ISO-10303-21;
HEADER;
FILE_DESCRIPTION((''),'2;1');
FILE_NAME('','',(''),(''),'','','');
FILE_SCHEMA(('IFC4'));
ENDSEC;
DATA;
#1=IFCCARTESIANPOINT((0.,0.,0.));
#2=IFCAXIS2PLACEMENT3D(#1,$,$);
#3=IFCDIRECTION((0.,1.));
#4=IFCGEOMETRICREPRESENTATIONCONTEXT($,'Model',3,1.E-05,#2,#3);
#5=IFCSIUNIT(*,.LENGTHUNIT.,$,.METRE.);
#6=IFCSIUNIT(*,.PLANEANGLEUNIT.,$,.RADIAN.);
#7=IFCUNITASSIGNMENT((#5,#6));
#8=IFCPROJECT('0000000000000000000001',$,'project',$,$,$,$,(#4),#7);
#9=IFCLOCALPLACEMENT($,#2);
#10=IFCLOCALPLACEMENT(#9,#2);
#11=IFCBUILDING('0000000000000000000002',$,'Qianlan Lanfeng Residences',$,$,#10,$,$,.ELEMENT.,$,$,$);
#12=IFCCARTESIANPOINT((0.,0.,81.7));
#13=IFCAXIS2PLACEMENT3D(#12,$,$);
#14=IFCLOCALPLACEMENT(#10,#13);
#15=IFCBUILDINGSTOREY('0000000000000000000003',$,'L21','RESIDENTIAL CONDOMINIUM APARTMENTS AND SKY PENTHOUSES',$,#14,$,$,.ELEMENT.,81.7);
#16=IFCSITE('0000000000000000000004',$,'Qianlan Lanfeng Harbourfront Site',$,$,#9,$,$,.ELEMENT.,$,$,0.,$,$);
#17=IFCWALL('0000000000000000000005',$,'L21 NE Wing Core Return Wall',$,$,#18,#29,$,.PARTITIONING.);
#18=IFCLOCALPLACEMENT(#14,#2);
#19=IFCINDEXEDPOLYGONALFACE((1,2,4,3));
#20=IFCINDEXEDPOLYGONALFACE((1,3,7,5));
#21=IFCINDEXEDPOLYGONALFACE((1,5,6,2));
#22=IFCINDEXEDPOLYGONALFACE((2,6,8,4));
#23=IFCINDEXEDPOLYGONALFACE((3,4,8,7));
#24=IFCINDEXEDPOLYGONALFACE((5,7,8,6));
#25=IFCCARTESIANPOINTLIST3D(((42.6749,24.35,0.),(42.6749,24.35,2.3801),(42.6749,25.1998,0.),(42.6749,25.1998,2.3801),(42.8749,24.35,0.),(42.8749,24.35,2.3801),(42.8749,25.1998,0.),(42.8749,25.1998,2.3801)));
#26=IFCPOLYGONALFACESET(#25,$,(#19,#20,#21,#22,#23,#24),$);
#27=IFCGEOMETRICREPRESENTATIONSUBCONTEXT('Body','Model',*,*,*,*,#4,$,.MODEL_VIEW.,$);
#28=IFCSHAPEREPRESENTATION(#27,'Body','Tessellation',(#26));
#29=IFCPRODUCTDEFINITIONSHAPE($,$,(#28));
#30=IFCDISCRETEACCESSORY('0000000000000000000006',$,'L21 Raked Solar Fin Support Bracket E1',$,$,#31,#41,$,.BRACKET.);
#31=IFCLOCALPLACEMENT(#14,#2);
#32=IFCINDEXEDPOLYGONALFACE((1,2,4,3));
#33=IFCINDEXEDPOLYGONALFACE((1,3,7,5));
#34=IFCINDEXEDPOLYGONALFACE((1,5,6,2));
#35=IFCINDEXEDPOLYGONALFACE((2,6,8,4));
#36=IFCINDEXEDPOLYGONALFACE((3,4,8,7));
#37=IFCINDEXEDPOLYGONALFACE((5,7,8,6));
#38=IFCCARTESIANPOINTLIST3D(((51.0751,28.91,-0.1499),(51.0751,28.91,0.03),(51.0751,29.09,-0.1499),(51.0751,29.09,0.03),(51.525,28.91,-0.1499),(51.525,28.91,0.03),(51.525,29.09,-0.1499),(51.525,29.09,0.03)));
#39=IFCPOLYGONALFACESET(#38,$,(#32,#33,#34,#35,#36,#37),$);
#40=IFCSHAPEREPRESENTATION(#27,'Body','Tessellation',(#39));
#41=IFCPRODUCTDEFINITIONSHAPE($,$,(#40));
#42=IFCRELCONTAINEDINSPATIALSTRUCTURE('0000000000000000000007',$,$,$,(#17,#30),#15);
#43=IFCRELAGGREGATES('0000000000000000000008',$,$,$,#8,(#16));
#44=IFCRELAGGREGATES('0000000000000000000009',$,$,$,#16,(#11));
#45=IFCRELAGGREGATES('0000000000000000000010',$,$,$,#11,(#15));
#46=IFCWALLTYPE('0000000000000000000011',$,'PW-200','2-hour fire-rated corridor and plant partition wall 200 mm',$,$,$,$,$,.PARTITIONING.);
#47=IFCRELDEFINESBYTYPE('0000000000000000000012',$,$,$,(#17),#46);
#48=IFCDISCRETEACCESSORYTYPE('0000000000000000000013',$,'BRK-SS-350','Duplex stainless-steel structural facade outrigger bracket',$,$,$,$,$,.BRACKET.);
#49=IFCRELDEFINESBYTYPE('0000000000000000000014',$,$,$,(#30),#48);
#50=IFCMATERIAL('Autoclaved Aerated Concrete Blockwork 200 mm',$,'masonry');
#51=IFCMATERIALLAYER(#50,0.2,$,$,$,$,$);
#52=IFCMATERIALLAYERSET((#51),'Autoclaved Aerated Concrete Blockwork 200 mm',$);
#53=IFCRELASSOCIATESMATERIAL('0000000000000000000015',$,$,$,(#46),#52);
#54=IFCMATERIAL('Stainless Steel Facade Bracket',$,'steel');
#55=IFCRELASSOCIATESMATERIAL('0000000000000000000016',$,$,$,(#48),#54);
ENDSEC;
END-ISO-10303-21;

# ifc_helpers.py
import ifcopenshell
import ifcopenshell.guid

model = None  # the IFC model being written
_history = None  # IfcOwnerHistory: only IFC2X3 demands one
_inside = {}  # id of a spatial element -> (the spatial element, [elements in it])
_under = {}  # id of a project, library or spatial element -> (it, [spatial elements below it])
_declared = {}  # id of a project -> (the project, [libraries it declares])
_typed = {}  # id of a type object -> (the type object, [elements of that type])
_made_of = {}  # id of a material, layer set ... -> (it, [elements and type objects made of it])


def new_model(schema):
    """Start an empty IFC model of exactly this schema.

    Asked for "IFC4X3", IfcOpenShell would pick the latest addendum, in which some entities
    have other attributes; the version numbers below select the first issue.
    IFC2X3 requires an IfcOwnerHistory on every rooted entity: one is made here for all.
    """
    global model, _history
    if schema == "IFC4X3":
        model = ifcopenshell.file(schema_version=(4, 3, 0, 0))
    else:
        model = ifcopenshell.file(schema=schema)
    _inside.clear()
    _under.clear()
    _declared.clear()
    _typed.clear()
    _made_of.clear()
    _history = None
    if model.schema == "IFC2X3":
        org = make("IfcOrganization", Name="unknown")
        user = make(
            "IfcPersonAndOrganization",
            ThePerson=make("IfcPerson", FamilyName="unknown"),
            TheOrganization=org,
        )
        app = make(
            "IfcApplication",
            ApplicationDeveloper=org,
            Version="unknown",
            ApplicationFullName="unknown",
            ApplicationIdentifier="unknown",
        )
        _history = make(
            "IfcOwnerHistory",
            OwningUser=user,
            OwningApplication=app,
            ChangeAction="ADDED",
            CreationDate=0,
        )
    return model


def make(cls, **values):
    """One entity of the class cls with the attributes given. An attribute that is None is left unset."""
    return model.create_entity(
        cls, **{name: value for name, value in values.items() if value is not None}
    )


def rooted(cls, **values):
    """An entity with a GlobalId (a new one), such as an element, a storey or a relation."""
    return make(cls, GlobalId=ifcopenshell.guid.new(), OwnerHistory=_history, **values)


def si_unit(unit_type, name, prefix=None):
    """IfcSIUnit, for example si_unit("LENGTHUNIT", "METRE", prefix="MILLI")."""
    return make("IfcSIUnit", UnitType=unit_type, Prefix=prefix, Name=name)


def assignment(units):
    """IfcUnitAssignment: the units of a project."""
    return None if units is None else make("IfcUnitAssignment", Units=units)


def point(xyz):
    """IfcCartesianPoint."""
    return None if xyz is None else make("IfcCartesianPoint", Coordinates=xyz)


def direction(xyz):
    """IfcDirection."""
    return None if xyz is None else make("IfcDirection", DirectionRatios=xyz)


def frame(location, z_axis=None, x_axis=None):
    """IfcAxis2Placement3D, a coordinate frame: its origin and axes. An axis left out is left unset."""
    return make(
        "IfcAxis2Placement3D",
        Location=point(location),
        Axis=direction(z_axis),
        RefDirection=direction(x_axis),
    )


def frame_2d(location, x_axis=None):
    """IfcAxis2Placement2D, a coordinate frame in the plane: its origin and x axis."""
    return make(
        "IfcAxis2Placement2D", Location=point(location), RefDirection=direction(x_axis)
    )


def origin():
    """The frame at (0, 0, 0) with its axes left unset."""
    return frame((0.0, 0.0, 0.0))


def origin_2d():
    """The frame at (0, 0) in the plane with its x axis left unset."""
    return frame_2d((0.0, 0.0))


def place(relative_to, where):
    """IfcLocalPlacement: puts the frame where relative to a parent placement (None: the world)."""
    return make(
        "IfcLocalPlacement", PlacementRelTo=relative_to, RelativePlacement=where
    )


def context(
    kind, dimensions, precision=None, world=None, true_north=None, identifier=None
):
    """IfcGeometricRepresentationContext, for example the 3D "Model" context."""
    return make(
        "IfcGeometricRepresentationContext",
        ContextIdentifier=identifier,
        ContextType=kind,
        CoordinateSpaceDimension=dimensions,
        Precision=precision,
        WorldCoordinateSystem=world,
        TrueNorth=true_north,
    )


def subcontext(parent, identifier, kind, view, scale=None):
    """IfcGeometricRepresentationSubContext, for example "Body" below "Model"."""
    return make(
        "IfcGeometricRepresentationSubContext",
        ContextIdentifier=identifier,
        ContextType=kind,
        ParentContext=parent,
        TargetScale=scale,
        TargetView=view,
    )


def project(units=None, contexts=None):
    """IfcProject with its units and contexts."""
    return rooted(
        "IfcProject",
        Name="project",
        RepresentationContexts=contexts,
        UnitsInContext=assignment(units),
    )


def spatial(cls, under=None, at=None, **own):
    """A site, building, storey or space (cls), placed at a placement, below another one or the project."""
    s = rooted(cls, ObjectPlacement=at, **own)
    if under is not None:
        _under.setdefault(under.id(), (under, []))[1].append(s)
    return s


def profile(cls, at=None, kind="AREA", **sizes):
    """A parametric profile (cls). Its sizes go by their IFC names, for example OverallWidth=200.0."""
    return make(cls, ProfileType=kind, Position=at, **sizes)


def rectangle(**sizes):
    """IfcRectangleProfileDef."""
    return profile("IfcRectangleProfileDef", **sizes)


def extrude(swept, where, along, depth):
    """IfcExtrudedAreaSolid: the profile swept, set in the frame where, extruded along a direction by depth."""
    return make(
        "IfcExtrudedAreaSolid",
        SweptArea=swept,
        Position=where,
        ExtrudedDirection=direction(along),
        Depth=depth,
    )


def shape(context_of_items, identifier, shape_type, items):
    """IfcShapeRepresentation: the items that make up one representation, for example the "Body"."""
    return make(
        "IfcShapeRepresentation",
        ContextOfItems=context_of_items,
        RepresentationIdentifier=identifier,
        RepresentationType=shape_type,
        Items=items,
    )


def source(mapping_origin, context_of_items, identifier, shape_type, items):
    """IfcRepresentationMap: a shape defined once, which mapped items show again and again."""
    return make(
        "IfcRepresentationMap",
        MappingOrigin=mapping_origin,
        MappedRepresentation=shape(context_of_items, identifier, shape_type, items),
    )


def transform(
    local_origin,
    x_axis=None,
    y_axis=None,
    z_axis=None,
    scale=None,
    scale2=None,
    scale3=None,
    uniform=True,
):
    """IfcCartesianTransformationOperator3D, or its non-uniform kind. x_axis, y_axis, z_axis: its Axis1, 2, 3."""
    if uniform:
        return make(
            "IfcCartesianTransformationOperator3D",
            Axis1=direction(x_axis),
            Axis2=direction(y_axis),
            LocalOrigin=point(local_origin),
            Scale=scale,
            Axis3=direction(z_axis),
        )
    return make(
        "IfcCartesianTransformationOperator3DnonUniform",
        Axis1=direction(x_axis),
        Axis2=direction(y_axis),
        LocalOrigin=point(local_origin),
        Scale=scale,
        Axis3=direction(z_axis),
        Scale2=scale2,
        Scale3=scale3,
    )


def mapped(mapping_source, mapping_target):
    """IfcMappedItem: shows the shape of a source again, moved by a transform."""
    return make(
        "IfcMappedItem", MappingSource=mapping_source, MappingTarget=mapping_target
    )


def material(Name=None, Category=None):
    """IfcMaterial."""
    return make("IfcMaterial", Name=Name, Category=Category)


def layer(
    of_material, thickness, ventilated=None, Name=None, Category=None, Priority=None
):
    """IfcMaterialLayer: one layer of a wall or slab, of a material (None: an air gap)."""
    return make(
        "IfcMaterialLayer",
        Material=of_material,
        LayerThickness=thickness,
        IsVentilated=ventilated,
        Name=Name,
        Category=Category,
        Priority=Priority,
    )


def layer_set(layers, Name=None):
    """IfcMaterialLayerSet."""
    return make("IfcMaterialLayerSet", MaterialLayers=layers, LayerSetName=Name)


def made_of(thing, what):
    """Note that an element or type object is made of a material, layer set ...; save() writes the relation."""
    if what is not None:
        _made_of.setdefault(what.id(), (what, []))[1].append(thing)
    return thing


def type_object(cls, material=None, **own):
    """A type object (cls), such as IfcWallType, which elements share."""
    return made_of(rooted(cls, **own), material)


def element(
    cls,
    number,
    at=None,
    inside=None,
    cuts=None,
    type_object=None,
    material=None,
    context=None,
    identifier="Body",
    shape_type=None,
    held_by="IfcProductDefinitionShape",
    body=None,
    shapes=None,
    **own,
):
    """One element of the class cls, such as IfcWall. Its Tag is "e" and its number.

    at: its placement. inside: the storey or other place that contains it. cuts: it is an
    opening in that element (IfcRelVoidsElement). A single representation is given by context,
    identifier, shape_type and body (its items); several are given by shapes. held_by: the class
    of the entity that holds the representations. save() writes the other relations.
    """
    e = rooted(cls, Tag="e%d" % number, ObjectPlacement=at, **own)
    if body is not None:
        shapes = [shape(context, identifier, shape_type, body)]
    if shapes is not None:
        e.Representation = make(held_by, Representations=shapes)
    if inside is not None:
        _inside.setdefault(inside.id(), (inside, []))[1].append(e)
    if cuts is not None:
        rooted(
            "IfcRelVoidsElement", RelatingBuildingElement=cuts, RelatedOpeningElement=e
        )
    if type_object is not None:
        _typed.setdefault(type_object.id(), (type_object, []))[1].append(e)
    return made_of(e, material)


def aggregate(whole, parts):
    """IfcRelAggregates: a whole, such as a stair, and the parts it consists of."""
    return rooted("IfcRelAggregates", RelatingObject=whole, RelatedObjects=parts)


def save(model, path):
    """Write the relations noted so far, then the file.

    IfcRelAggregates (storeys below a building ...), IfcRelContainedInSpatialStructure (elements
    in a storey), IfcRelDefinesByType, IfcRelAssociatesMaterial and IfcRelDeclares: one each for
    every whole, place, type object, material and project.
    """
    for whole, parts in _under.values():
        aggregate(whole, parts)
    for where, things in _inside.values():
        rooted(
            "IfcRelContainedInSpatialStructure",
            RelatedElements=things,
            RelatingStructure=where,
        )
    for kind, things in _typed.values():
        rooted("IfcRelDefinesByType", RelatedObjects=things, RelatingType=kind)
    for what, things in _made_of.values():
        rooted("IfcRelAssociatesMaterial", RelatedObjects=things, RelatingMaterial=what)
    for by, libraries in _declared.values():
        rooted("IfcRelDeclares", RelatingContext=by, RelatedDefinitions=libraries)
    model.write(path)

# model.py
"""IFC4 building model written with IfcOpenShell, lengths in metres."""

from ifc_helpers import new_model, si_unit, direction, frame, frame_2d, origin, origin_2d, place, context, subcontext, project, spatial, rectangle, extrude, source, transform, mapped, material, layer, layer_set, type_object, element, save


model = new_model("IFC4")

# Units and contexts
model_context = context("Model", 3, precision=1e-05, world=origin(), true_north=direction((0.0, 1.0)))
body_context = subcontext(model_context, "Body", "Model", "MODEL_VIEW")
ifc_project = project(units=[si_unit("LENGTHUNIT", "METRE"), si_unit("PLANEANGLEUNIT", "RADIAN")], contexts=[model_context])

# Site, building, storey
site_placement = place(None, origin())
site = spatial("IfcSite", under=ifc_project, at=site_placement, Name="Qianlan Lanfeng Harbourfront Site", CompositionType="ELEMENT", RefElevation=0.0)
building_placement = place(site_placement, origin())
building = spatial("IfcBuilding", under=site, at=building_placement, Name="Qianlan Lanfeng Residences", CompositionType="ELEMENT")
storey_placement = place(building_placement, frame((0.0, 0.0, 81.7)))
storey = spatial("IfcBuildingStorey", under=building, at=storey_placement, Name="L21", Description="RESIDENTIAL CONDOMINIUM APARTMENTS AND SKY PENTHOUSES", CompositionType="ELEMENT", Elevation=81.7)

# Shared definitions
ifc_material_1 = material(Name="Autoclaved Aerated Concrete Blockwork 200 mm", Category="masonry")
ifc_layer_1 = layer(ifc_material_1, 0.2)
ifc_layer_set_1 = layer_set([ifc_layer_1], Name="Autoclaved Aerated Concrete Blockwork 200 mm")
wall_type_1 = type_object("IfcWallType", Name="PW-200", Description="2-hour fire-rated corridor and plant partition wall 200 mm", PredefinedType="PARTITIONING", material=ifc_layer_set_1)

# Wall
wall_1_placement = place(storey_placement, frame((42.7749, 24.3501, 0.0), z_axis=(0.0, 0.0, 1.0), x_axis=(0.0, 1.0, 0.0)))
element("IfcWall", 1, at=wall_1_placement, inside=storey, type_object=wall_type_1, Name="L21 NE Wing Core Return Wall", PredefinedType="PARTITIONING", context=body_context, shape_type="SweptSolid", body=[
    extrude(rectangle(XDim=0.8499, YDim=0.2, at=frame_2d((0.4248, 0.0))), origin(), (0.0, 0.0, 1.0), 2.3801),
])

# Discrete accessory
ifc_material_2 = material(Name="Stainless Steel Facade Bracket", Category="steel")
discrete_accessory_type = type_object("IfcDiscreteAccessoryType", Name="BRK-SS-350", Description="Duplex stainless-steel structural facade outrigger bracket", PredefinedType="BRACKET", material=ifc_material_2)
shared_shape_1 = source(origin(), body_context, "Body", "SweptSolid", [
    extrude(rectangle(XDim=0.45, YDim=0.1799, at=origin_2d()), origin(), (0.0, 0.0, 1.0), 0.1799),
])
discrete_accessory_placement = place(storey_placement, frame((51.3, 29.0, -0.1499), z_axis=(0.0, 0.0, 1.0), x_axis=(1.0, 0.0, 0.0)))
element("IfcDiscreteAccessory", 2, at=discrete_accessory_placement, inside=storey, type_object=discrete_accessory_type, Name="L21 Raked Solar Fin Support Bracket E1", PredefinedType="BRACKET", context=body_context, shape_type="MappedRepresentation", body=[
    mapped(shared_shape_1, transform((0.0, 0.0, 0.0), scale=1.0)),
])

save(model, "model.ifc")
